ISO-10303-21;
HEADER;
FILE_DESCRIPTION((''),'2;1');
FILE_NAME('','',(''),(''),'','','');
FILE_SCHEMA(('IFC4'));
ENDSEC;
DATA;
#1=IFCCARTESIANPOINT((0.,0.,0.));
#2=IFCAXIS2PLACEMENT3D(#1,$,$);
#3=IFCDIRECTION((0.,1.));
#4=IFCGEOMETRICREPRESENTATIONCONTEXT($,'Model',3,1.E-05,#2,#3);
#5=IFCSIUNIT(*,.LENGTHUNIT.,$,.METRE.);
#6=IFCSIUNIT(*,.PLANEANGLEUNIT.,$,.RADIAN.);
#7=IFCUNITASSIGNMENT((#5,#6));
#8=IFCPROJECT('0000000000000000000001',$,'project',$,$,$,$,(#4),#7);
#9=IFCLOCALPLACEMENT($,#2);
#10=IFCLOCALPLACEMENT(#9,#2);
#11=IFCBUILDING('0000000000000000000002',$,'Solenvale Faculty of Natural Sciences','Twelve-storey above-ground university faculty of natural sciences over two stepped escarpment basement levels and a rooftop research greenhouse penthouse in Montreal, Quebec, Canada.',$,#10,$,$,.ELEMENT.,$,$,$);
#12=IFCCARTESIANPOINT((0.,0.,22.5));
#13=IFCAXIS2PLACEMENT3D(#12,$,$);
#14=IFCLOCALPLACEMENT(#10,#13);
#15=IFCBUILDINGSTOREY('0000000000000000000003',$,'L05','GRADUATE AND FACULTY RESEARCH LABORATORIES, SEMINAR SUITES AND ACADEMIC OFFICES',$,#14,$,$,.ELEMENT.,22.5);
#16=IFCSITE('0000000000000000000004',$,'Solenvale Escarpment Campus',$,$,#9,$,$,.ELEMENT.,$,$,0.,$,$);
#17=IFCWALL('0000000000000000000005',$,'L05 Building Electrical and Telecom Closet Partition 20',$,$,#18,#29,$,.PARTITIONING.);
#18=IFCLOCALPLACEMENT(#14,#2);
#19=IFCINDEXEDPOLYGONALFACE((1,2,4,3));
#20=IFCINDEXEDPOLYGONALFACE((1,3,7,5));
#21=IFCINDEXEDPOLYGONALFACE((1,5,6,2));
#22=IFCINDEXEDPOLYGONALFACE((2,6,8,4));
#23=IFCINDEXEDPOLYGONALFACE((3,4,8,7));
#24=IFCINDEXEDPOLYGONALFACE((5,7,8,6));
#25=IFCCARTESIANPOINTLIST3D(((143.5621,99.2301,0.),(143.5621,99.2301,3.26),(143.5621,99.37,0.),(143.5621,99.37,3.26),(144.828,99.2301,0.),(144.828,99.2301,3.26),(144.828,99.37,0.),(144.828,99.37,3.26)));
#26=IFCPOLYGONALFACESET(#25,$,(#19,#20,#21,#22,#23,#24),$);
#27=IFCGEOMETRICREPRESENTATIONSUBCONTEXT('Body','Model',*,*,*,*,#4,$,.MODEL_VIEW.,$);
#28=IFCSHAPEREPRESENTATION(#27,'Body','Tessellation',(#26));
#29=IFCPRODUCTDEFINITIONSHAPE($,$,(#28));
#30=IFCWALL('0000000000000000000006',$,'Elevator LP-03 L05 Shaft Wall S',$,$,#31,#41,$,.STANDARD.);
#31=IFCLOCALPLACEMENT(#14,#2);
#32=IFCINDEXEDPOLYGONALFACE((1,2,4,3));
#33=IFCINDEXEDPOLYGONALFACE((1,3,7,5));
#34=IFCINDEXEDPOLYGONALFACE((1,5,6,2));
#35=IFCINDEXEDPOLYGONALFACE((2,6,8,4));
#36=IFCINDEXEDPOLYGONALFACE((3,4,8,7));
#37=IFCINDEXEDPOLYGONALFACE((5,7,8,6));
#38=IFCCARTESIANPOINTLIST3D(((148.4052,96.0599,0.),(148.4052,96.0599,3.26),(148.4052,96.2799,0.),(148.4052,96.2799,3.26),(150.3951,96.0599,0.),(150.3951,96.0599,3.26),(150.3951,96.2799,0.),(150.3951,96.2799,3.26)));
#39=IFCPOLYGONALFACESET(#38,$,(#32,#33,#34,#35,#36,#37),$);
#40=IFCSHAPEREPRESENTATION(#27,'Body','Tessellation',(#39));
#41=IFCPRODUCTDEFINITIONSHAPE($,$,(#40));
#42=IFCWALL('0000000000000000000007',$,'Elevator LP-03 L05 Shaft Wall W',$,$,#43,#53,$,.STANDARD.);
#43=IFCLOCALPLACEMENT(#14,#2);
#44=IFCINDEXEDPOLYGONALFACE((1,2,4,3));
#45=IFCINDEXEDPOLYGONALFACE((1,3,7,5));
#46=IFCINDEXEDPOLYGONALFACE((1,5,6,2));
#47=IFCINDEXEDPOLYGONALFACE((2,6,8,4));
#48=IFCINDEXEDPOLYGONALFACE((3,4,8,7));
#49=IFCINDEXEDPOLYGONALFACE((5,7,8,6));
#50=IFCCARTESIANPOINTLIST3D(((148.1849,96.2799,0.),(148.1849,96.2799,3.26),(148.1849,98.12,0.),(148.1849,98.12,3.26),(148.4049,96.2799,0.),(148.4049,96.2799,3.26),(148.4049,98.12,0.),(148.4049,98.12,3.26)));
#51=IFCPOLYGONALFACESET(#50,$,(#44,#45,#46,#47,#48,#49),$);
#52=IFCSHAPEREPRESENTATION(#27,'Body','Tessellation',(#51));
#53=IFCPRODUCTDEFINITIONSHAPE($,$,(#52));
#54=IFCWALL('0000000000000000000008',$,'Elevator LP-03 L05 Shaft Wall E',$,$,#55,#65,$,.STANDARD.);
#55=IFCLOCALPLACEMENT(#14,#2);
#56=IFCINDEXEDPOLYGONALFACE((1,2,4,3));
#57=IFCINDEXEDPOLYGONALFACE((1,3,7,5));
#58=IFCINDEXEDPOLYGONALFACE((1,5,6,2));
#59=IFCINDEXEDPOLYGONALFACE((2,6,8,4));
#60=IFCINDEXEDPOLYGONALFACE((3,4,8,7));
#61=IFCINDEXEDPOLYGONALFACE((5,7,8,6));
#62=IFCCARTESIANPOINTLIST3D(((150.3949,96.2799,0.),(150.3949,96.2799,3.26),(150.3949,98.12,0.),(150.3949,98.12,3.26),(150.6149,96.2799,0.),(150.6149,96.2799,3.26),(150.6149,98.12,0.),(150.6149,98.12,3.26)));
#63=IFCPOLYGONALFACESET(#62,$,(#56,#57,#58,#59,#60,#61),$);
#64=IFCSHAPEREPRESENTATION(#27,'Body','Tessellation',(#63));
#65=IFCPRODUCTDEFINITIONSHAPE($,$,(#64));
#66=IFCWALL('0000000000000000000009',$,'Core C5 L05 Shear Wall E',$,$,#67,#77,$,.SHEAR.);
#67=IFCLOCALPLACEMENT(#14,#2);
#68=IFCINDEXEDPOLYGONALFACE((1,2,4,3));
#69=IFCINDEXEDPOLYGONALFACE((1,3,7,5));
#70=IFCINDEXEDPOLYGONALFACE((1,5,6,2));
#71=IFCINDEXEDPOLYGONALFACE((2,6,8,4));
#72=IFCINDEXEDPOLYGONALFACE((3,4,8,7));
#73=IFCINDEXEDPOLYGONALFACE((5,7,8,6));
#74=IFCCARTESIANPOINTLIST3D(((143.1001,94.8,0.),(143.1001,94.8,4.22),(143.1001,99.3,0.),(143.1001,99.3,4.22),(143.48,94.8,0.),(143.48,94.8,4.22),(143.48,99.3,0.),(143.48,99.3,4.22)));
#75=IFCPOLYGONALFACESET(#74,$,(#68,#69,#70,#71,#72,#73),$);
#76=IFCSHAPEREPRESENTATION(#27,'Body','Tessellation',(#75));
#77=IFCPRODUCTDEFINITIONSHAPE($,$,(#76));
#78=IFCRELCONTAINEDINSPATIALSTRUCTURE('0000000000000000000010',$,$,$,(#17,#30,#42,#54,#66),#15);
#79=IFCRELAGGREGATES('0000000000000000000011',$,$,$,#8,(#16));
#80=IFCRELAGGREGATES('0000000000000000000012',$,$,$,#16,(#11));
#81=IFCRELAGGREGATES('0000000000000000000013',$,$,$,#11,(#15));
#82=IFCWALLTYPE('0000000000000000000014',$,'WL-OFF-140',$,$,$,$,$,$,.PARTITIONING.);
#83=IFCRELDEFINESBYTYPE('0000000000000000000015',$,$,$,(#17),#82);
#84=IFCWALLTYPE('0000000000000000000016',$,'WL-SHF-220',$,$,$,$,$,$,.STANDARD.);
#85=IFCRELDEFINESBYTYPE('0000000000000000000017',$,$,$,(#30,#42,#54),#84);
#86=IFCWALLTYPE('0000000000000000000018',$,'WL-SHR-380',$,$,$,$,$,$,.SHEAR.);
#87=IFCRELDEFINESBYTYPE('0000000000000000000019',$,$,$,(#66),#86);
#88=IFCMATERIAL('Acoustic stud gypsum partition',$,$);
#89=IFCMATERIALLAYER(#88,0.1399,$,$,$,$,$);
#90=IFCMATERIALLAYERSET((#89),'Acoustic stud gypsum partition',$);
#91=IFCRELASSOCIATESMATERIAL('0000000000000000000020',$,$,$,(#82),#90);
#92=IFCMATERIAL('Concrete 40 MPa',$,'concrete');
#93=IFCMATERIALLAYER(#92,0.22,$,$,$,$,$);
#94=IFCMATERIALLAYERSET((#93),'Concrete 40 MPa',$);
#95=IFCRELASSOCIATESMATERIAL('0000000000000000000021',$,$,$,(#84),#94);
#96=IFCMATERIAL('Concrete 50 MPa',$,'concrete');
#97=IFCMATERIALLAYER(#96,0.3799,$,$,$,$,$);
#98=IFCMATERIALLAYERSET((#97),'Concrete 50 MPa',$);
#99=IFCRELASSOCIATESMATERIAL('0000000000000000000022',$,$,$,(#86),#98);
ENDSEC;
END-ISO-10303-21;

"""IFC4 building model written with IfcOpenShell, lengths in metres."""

from ifc_helpers import new_model, si_unit, direction, frame, frame_2d, origin, place, context, subcontext, project, spatial, rectangle, extrude, material, layer, layer_set, type_object, element, save


model = new_model("IFC4")

# Units and contexts
model_context = context("Model", 3, precision=1e-05, world=origin(), true_north=direction((0.0, 1.0)))
body_context = subcontext(model_context, "Body", "Model", "MODEL_VIEW")
ifc_project = project(units=[si_unit("LENGTHUNIT", "METRE"), si_unit("PLANEANGLEUNIT", "RADIAN")], contexts=[model_context])

# Site, building, storey
site_placement = place(None, origin())
site = spatial("IfcSite", under=ifc_project, at=site_placement, Name="Solenvale Escarpment Campus", CompositionType="ELEMENT", RefElevation=0.0)
building_placement = place(site_placement, origin())
building = spatial("IfcBuilding", under=site, at=building_placement, Name="Solenvale Faculty of Natural Sciences", Description="Twelve-storey above-ground university faculty of natural sciences over two stepped escarpment basement levels and a rooftop research greenhouse penthouse in Montreal, Quebec, Canada.", CompositionType="ELEMENT")
storey_placement = place(building_placement, frame((0.0, 0.0, 22.5)))
storey = spatial("IfcBuildingStorey", under=building, at=storey_placement, Name="L05", Description="GRADUATE AND FACULTY RESEARCH LABORATORIES, SEMINAR SUITES AND ACADEMIC OFFICES", CompositionType="ELEMENT", Elevation=22.5)

# Shared definitions
ifc_material_1 = material(Name="Concrete 40 MPa", Category="concrete")

# Walls
ifc_material_2 = material(Name="Acoustic stud gypsum partition")
ifc_layer_1 = layer(ifc_material_2, 0.1399)
ifc_layer_set_1 = layer_set([ifc_layer_1], Name="Acoustic stud gypsum partition")
wall_type_1 = type_object("IfcWallType", Name="WL-OFF-140", PredefinedType="PARTITIONING", material=ifc_layer_set_1)
wall_1_placement = place(storey_placement, frame((144.8279, 99.3, 0.0), z_axis=(0.0, 0.0, 1.0), x_axis=(-1.0, 0.0, 0.0)))
element("IfcWall", 1, at=wall_1_placement, inside=storey, type_object=wall_type_1, Name="L05 Building Electrical and Telecom Closet Partition 20", PredefinedType="PARTITIONING", context=body_context, shape_type="SweptSolid", body=[
    extrude(rectangle(XDim=1.2659, YDim=0.1399, at=frame_2d((0.6328, 0.0))), origin(), (0.0, 0.0, 1.0), 3.26),
])
ifc_layer_2 = layer(ifc_material_1, 0.22)
ifc_layer_set_2 = layer_set([ifc_layer_2], Name="Concrete 40 MPa")
wall_type_2 = type_object("IfcWallType", Name="WL-SHF-220", PredefinedType="STANDARD", material=ifc_layer_set_2)
wall_2_placement = place(storey_placement, frame((148.405, 96.1699, 0.0), z_axis=(0.0, 0.0, 1.0), x_axis=(1.0, 0.0, 0.0)))
element("IfcWall", 2, at=wall_2_placement, inside=storey, type_object=wall_type_2, Name="Elevator LP-03 L05 Shaft Wall S", PredefinedType="STANDARD", context=body_context, shape_type="SweptSolid", body=[
    extrude(rectangle(XDim=1.99, YDim=0.22, at=frame_2d((0.9951, 0.0))), origin(), (0.0, 0.0, 1.0), 3.26),
])

# Walls
for number, where, z_axis, x_axis, name in (
    (3, (148.2949, 96.28, 0.0), (0.0, 0.0, 1.0), (0.0, 1.0, 0.0), "Elevator LP-03 L05 Shaft Wall W"),
    (4, (150.5049, 96.28, 0.0), (0.0, 0.0, 1.0), (0.0, 1.0, 0.0), "Elevator LP-03 L05 Shaft Wall E"),
):
    element("IfcWall", number, at=place(storey_placement, frame(where, z_axis=z_axis, x_axis=x_axis)), inside=storey, type_object=wall_type_2, Name=name, PredefinedType="STANDARD", context=body_context, shape_type="SweptSolid", body=[
        extrude(rectangle(XDim=1.8401, YDim=0.22, at=frame_2d((0.9199, 0.0))), origin(), (0.0, 0.0, 1.0), 3.26),
    ])
ifc_material_3 = material(Name="Concrete 50 MPa", Category="concrete")
ifc_layer_3 = layer(ifc_material_3, 0.3799)
ifc_layer_set_3 = layer_set([ifc_layer_3], Name="Concrete 50 MPa")
wall_type_3 = type_object("IfcWallType", Name="WL-SHR-380", PredefinedType="SHEAR", material=ifc_layer_set_3)
wall_3_placement = place(storey_placement, frame((143.29, 94.8, 0.0), z_axis=(0.0, 0.0, 1.0), x_axis=(0.0, 1.0, 0.0)))
element("IfcWall", 5, at=wall_3_placement, inside=storey, type_object=wall_type_3, Name="Core C5 L05 Shear Wall E", PredefinedType="SHEAR", context=body_context, shape_type="SweptSolid", body=[
    extrude(rectangle(XDim=4.5, YDim=0.3799, at=frame_2d((2.25, 0.0))), origin(), (0.0, 0.0, 1.0), 4.22),
])

save(model, "model.ifc")
